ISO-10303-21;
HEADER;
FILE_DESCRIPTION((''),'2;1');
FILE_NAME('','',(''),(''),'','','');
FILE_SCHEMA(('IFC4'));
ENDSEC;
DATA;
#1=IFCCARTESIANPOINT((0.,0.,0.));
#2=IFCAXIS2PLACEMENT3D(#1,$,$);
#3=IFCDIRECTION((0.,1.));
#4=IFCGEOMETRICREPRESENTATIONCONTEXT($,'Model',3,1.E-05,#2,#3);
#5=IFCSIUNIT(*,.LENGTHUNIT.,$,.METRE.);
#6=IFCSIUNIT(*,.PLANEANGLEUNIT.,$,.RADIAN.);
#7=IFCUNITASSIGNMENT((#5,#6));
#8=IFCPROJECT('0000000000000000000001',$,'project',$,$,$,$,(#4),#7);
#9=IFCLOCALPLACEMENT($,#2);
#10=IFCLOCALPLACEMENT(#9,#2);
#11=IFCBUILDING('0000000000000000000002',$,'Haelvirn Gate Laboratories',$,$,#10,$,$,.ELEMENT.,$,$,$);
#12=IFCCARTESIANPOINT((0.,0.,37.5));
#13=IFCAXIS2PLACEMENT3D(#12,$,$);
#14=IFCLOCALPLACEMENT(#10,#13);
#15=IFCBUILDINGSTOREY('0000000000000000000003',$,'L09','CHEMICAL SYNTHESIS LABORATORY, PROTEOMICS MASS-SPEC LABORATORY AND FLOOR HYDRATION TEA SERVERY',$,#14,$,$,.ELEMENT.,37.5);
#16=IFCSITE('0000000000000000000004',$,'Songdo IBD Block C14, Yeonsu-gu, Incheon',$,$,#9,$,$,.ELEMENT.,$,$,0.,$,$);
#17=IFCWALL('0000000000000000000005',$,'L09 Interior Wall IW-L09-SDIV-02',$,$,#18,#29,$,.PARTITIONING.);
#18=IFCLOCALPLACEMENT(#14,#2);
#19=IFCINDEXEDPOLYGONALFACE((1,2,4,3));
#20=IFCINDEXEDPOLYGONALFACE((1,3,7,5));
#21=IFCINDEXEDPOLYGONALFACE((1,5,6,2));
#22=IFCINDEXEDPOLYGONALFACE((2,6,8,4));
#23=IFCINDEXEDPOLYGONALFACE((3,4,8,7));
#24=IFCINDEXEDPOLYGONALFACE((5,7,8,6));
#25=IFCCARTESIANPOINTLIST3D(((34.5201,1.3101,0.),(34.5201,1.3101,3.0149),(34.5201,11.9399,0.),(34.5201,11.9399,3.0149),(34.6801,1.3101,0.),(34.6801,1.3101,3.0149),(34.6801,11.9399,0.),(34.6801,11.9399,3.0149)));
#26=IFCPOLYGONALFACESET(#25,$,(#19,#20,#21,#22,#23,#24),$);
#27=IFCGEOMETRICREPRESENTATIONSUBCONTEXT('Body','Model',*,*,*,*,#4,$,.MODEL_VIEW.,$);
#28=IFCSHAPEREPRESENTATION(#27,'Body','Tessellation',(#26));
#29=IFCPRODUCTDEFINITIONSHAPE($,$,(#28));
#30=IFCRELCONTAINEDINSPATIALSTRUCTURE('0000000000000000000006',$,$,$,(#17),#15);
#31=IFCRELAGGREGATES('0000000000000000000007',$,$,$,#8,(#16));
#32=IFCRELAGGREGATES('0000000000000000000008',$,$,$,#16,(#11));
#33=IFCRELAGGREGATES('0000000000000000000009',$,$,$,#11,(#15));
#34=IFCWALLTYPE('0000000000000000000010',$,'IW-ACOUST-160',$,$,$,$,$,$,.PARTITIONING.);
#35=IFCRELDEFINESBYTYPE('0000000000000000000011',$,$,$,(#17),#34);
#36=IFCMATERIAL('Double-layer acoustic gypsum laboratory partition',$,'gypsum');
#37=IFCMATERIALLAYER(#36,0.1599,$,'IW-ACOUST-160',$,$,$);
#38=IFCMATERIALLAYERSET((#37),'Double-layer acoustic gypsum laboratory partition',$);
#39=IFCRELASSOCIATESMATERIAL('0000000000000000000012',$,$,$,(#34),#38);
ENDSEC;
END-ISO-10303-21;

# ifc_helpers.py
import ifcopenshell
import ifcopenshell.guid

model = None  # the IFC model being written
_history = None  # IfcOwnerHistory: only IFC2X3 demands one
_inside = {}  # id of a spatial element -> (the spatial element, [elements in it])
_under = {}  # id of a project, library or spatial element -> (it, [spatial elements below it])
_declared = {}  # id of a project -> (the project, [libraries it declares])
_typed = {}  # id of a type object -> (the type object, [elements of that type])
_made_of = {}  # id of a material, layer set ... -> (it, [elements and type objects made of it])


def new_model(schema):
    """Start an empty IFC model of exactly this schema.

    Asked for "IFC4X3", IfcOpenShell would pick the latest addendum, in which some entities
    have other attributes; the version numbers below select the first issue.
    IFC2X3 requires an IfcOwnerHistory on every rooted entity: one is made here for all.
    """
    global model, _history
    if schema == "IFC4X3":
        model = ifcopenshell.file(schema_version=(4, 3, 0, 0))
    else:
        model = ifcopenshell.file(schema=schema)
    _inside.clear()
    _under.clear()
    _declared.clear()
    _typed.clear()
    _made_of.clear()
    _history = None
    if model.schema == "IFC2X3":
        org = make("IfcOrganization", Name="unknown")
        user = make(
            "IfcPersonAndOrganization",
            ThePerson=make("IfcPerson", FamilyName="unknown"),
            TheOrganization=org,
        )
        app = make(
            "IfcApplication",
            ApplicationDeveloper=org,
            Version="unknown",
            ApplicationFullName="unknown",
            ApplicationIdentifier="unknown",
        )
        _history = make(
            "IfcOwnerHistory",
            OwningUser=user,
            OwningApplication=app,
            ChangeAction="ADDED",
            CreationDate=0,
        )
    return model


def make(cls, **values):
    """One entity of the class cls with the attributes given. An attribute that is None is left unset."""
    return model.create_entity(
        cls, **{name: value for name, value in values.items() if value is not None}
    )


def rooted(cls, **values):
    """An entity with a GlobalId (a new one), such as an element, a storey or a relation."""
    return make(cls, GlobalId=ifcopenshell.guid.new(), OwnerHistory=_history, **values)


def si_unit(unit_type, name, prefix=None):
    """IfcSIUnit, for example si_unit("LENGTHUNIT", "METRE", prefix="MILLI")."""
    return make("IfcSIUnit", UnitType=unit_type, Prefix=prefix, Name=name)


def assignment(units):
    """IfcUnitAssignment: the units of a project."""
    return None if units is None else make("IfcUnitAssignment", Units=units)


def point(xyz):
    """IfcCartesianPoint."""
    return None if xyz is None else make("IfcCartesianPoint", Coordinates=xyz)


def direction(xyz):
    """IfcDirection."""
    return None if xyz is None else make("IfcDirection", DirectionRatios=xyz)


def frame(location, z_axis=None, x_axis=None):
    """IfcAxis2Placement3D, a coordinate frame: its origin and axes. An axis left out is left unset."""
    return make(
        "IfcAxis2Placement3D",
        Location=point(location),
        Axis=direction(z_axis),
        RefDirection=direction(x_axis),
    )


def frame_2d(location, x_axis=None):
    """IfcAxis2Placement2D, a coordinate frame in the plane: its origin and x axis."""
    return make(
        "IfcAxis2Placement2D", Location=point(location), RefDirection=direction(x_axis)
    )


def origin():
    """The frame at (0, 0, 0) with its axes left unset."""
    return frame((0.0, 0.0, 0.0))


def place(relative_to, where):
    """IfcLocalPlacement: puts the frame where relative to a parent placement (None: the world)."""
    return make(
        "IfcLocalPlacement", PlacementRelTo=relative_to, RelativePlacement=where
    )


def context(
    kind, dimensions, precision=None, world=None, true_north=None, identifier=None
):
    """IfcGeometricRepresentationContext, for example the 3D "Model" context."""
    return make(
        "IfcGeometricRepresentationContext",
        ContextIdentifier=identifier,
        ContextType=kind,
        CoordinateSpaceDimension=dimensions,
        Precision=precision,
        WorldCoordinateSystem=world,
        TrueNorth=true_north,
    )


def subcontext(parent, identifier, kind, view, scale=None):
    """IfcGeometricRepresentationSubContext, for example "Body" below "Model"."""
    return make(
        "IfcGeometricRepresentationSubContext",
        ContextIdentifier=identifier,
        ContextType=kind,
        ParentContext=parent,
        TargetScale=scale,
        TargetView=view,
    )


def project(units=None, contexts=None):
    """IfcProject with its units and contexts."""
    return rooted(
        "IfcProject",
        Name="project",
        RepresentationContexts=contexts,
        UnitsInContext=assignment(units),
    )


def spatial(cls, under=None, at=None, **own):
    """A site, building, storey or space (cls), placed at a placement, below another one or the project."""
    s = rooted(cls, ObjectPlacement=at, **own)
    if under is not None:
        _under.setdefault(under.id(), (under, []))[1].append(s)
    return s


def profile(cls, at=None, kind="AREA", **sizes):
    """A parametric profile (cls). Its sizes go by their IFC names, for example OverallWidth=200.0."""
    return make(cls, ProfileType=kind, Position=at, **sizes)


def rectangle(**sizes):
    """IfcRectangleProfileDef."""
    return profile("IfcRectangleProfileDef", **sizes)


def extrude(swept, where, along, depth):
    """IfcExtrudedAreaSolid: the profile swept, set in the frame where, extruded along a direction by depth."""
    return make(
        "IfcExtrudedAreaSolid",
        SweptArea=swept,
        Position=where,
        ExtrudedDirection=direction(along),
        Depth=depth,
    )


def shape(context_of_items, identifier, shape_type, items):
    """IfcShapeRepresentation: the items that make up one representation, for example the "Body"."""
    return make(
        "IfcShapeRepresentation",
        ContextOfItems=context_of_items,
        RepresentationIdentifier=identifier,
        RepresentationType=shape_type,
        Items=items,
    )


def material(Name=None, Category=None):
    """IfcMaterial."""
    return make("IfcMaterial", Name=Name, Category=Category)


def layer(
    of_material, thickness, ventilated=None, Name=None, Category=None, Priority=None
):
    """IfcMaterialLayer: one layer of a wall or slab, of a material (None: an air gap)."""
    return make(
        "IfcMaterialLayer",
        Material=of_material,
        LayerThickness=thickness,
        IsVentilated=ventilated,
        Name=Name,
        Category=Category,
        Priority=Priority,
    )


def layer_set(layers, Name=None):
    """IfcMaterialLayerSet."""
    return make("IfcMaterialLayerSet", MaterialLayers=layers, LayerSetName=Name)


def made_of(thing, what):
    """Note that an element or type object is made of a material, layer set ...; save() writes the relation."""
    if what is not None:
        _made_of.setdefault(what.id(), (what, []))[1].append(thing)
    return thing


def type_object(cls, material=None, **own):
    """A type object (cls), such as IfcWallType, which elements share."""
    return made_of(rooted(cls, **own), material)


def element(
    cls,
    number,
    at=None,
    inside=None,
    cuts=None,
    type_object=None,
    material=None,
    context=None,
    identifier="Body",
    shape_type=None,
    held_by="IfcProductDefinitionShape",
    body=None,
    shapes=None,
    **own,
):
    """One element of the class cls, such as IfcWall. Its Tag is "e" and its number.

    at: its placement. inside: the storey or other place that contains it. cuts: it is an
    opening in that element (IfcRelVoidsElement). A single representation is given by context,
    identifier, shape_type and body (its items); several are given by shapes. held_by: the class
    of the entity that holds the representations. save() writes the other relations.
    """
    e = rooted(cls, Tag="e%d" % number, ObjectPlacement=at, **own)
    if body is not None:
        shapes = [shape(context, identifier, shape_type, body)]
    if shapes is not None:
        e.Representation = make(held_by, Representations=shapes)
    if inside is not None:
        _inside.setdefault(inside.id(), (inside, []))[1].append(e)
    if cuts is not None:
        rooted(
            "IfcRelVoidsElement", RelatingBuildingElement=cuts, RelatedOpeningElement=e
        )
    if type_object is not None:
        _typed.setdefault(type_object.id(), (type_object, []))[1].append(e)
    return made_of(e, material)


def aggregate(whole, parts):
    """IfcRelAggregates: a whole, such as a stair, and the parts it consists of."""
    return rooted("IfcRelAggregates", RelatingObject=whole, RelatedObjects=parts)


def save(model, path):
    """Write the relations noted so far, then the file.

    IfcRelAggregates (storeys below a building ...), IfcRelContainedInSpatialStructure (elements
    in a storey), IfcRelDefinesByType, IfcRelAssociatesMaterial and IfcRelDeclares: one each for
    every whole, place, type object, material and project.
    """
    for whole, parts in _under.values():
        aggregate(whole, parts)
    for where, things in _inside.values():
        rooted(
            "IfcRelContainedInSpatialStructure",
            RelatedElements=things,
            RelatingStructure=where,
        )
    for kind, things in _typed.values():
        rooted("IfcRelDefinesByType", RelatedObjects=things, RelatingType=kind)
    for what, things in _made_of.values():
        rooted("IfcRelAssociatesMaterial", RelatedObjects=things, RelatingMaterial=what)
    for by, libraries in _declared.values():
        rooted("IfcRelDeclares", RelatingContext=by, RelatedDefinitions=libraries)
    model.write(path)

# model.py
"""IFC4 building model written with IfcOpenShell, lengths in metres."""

from ifc_helpers import new_model, si_unit, direction, frame, frame_2d, origin, place, context, subcontext, project, spatial, rectangle, extrude, material, layer, layer_set, type_object, element, save


model = new_model("IFC4")

# Units and contexts
model_context = context("Model", 3, precision=1e-05, world=origin(), true_north=direction((0.0, 1.0)))
body_context = subcontext(model_context, "Body", "Model", "MODEL_VIEW")
ifc_project = project(units=[si_unit("LENGTHUNIT", "METRE"), si_unit("PLANEANGLEUNIT", "RADIAN")], contexts=[model_context])

# Site, building, storey
site_placement = place(None, origin())
site = spatial("IfcSite", under=ifc_project, at=site_placement, Name="Songdo IBD Block C14, Yeonsu-gu, Incheon", CompositionType="ELEMENT", RefElevation=0.0)
building_placement = place(site_placement, origin())
building = spatial("IfcBuilding", under=site, at=building_placement, Name="Haelvirn Gate Laboratories", CompositionType="ELEMENT")
storey_placement = place(building_placement, frame((0.0, 0.0, 37.5)))
storey = spatial("IfcBuildingStorey", under=building, at=storey_placement, Name="L09", Description="CHEMICAL SYNTHESIS LABORATORY, PROTEOMICS MASS-SPEC LABORATORY AND FLOOR HYDRATION TEA SERVERY", CompositionType="ELEMENT", Elevation=37.5)

# Wall
ifc_material_1 = material(Name="Double-layer acoustic gypsum laboratory partition", Category="gypsum")
ifc_layer_1 = layer(ifc_material_1, 0.1599, Name="IW-ACOUST-160")
ifc_layer_set_1 = layer_set([ifc_layer_1], Name="Double-layer acoustic gypsum laboratory partition")
wall_type_1 = type_object("IfcWallType", Name="IW-ACOUST-160", PredefinedType="PARTITIONING", material=ifc_layer_set_1)
wall_1_placement = place(storey_placement, frame((34.6001, 1.3101, 0.0), z_axis=(0.0, 0.0, 1.0), x_axis=(0.0, 1.0, 0.0)))
element("IfcWall", 1, at=wall_1_placement, inside=storey, type_object=wall_type_1, Name="L09 Interior Wall IW-L09-SDIV-02", PredefinedType="PARTITIONING", context=body_context, shape_type="SweptSolid", body=[
    extrude(rectangle(XDim=10.6299, YDim=0.1599, at=frame_2d((5.3149, 0.0))), origin(), (0.0, 0.0, 1.0), 3.0149),
])

save(model, "model.ifc")
